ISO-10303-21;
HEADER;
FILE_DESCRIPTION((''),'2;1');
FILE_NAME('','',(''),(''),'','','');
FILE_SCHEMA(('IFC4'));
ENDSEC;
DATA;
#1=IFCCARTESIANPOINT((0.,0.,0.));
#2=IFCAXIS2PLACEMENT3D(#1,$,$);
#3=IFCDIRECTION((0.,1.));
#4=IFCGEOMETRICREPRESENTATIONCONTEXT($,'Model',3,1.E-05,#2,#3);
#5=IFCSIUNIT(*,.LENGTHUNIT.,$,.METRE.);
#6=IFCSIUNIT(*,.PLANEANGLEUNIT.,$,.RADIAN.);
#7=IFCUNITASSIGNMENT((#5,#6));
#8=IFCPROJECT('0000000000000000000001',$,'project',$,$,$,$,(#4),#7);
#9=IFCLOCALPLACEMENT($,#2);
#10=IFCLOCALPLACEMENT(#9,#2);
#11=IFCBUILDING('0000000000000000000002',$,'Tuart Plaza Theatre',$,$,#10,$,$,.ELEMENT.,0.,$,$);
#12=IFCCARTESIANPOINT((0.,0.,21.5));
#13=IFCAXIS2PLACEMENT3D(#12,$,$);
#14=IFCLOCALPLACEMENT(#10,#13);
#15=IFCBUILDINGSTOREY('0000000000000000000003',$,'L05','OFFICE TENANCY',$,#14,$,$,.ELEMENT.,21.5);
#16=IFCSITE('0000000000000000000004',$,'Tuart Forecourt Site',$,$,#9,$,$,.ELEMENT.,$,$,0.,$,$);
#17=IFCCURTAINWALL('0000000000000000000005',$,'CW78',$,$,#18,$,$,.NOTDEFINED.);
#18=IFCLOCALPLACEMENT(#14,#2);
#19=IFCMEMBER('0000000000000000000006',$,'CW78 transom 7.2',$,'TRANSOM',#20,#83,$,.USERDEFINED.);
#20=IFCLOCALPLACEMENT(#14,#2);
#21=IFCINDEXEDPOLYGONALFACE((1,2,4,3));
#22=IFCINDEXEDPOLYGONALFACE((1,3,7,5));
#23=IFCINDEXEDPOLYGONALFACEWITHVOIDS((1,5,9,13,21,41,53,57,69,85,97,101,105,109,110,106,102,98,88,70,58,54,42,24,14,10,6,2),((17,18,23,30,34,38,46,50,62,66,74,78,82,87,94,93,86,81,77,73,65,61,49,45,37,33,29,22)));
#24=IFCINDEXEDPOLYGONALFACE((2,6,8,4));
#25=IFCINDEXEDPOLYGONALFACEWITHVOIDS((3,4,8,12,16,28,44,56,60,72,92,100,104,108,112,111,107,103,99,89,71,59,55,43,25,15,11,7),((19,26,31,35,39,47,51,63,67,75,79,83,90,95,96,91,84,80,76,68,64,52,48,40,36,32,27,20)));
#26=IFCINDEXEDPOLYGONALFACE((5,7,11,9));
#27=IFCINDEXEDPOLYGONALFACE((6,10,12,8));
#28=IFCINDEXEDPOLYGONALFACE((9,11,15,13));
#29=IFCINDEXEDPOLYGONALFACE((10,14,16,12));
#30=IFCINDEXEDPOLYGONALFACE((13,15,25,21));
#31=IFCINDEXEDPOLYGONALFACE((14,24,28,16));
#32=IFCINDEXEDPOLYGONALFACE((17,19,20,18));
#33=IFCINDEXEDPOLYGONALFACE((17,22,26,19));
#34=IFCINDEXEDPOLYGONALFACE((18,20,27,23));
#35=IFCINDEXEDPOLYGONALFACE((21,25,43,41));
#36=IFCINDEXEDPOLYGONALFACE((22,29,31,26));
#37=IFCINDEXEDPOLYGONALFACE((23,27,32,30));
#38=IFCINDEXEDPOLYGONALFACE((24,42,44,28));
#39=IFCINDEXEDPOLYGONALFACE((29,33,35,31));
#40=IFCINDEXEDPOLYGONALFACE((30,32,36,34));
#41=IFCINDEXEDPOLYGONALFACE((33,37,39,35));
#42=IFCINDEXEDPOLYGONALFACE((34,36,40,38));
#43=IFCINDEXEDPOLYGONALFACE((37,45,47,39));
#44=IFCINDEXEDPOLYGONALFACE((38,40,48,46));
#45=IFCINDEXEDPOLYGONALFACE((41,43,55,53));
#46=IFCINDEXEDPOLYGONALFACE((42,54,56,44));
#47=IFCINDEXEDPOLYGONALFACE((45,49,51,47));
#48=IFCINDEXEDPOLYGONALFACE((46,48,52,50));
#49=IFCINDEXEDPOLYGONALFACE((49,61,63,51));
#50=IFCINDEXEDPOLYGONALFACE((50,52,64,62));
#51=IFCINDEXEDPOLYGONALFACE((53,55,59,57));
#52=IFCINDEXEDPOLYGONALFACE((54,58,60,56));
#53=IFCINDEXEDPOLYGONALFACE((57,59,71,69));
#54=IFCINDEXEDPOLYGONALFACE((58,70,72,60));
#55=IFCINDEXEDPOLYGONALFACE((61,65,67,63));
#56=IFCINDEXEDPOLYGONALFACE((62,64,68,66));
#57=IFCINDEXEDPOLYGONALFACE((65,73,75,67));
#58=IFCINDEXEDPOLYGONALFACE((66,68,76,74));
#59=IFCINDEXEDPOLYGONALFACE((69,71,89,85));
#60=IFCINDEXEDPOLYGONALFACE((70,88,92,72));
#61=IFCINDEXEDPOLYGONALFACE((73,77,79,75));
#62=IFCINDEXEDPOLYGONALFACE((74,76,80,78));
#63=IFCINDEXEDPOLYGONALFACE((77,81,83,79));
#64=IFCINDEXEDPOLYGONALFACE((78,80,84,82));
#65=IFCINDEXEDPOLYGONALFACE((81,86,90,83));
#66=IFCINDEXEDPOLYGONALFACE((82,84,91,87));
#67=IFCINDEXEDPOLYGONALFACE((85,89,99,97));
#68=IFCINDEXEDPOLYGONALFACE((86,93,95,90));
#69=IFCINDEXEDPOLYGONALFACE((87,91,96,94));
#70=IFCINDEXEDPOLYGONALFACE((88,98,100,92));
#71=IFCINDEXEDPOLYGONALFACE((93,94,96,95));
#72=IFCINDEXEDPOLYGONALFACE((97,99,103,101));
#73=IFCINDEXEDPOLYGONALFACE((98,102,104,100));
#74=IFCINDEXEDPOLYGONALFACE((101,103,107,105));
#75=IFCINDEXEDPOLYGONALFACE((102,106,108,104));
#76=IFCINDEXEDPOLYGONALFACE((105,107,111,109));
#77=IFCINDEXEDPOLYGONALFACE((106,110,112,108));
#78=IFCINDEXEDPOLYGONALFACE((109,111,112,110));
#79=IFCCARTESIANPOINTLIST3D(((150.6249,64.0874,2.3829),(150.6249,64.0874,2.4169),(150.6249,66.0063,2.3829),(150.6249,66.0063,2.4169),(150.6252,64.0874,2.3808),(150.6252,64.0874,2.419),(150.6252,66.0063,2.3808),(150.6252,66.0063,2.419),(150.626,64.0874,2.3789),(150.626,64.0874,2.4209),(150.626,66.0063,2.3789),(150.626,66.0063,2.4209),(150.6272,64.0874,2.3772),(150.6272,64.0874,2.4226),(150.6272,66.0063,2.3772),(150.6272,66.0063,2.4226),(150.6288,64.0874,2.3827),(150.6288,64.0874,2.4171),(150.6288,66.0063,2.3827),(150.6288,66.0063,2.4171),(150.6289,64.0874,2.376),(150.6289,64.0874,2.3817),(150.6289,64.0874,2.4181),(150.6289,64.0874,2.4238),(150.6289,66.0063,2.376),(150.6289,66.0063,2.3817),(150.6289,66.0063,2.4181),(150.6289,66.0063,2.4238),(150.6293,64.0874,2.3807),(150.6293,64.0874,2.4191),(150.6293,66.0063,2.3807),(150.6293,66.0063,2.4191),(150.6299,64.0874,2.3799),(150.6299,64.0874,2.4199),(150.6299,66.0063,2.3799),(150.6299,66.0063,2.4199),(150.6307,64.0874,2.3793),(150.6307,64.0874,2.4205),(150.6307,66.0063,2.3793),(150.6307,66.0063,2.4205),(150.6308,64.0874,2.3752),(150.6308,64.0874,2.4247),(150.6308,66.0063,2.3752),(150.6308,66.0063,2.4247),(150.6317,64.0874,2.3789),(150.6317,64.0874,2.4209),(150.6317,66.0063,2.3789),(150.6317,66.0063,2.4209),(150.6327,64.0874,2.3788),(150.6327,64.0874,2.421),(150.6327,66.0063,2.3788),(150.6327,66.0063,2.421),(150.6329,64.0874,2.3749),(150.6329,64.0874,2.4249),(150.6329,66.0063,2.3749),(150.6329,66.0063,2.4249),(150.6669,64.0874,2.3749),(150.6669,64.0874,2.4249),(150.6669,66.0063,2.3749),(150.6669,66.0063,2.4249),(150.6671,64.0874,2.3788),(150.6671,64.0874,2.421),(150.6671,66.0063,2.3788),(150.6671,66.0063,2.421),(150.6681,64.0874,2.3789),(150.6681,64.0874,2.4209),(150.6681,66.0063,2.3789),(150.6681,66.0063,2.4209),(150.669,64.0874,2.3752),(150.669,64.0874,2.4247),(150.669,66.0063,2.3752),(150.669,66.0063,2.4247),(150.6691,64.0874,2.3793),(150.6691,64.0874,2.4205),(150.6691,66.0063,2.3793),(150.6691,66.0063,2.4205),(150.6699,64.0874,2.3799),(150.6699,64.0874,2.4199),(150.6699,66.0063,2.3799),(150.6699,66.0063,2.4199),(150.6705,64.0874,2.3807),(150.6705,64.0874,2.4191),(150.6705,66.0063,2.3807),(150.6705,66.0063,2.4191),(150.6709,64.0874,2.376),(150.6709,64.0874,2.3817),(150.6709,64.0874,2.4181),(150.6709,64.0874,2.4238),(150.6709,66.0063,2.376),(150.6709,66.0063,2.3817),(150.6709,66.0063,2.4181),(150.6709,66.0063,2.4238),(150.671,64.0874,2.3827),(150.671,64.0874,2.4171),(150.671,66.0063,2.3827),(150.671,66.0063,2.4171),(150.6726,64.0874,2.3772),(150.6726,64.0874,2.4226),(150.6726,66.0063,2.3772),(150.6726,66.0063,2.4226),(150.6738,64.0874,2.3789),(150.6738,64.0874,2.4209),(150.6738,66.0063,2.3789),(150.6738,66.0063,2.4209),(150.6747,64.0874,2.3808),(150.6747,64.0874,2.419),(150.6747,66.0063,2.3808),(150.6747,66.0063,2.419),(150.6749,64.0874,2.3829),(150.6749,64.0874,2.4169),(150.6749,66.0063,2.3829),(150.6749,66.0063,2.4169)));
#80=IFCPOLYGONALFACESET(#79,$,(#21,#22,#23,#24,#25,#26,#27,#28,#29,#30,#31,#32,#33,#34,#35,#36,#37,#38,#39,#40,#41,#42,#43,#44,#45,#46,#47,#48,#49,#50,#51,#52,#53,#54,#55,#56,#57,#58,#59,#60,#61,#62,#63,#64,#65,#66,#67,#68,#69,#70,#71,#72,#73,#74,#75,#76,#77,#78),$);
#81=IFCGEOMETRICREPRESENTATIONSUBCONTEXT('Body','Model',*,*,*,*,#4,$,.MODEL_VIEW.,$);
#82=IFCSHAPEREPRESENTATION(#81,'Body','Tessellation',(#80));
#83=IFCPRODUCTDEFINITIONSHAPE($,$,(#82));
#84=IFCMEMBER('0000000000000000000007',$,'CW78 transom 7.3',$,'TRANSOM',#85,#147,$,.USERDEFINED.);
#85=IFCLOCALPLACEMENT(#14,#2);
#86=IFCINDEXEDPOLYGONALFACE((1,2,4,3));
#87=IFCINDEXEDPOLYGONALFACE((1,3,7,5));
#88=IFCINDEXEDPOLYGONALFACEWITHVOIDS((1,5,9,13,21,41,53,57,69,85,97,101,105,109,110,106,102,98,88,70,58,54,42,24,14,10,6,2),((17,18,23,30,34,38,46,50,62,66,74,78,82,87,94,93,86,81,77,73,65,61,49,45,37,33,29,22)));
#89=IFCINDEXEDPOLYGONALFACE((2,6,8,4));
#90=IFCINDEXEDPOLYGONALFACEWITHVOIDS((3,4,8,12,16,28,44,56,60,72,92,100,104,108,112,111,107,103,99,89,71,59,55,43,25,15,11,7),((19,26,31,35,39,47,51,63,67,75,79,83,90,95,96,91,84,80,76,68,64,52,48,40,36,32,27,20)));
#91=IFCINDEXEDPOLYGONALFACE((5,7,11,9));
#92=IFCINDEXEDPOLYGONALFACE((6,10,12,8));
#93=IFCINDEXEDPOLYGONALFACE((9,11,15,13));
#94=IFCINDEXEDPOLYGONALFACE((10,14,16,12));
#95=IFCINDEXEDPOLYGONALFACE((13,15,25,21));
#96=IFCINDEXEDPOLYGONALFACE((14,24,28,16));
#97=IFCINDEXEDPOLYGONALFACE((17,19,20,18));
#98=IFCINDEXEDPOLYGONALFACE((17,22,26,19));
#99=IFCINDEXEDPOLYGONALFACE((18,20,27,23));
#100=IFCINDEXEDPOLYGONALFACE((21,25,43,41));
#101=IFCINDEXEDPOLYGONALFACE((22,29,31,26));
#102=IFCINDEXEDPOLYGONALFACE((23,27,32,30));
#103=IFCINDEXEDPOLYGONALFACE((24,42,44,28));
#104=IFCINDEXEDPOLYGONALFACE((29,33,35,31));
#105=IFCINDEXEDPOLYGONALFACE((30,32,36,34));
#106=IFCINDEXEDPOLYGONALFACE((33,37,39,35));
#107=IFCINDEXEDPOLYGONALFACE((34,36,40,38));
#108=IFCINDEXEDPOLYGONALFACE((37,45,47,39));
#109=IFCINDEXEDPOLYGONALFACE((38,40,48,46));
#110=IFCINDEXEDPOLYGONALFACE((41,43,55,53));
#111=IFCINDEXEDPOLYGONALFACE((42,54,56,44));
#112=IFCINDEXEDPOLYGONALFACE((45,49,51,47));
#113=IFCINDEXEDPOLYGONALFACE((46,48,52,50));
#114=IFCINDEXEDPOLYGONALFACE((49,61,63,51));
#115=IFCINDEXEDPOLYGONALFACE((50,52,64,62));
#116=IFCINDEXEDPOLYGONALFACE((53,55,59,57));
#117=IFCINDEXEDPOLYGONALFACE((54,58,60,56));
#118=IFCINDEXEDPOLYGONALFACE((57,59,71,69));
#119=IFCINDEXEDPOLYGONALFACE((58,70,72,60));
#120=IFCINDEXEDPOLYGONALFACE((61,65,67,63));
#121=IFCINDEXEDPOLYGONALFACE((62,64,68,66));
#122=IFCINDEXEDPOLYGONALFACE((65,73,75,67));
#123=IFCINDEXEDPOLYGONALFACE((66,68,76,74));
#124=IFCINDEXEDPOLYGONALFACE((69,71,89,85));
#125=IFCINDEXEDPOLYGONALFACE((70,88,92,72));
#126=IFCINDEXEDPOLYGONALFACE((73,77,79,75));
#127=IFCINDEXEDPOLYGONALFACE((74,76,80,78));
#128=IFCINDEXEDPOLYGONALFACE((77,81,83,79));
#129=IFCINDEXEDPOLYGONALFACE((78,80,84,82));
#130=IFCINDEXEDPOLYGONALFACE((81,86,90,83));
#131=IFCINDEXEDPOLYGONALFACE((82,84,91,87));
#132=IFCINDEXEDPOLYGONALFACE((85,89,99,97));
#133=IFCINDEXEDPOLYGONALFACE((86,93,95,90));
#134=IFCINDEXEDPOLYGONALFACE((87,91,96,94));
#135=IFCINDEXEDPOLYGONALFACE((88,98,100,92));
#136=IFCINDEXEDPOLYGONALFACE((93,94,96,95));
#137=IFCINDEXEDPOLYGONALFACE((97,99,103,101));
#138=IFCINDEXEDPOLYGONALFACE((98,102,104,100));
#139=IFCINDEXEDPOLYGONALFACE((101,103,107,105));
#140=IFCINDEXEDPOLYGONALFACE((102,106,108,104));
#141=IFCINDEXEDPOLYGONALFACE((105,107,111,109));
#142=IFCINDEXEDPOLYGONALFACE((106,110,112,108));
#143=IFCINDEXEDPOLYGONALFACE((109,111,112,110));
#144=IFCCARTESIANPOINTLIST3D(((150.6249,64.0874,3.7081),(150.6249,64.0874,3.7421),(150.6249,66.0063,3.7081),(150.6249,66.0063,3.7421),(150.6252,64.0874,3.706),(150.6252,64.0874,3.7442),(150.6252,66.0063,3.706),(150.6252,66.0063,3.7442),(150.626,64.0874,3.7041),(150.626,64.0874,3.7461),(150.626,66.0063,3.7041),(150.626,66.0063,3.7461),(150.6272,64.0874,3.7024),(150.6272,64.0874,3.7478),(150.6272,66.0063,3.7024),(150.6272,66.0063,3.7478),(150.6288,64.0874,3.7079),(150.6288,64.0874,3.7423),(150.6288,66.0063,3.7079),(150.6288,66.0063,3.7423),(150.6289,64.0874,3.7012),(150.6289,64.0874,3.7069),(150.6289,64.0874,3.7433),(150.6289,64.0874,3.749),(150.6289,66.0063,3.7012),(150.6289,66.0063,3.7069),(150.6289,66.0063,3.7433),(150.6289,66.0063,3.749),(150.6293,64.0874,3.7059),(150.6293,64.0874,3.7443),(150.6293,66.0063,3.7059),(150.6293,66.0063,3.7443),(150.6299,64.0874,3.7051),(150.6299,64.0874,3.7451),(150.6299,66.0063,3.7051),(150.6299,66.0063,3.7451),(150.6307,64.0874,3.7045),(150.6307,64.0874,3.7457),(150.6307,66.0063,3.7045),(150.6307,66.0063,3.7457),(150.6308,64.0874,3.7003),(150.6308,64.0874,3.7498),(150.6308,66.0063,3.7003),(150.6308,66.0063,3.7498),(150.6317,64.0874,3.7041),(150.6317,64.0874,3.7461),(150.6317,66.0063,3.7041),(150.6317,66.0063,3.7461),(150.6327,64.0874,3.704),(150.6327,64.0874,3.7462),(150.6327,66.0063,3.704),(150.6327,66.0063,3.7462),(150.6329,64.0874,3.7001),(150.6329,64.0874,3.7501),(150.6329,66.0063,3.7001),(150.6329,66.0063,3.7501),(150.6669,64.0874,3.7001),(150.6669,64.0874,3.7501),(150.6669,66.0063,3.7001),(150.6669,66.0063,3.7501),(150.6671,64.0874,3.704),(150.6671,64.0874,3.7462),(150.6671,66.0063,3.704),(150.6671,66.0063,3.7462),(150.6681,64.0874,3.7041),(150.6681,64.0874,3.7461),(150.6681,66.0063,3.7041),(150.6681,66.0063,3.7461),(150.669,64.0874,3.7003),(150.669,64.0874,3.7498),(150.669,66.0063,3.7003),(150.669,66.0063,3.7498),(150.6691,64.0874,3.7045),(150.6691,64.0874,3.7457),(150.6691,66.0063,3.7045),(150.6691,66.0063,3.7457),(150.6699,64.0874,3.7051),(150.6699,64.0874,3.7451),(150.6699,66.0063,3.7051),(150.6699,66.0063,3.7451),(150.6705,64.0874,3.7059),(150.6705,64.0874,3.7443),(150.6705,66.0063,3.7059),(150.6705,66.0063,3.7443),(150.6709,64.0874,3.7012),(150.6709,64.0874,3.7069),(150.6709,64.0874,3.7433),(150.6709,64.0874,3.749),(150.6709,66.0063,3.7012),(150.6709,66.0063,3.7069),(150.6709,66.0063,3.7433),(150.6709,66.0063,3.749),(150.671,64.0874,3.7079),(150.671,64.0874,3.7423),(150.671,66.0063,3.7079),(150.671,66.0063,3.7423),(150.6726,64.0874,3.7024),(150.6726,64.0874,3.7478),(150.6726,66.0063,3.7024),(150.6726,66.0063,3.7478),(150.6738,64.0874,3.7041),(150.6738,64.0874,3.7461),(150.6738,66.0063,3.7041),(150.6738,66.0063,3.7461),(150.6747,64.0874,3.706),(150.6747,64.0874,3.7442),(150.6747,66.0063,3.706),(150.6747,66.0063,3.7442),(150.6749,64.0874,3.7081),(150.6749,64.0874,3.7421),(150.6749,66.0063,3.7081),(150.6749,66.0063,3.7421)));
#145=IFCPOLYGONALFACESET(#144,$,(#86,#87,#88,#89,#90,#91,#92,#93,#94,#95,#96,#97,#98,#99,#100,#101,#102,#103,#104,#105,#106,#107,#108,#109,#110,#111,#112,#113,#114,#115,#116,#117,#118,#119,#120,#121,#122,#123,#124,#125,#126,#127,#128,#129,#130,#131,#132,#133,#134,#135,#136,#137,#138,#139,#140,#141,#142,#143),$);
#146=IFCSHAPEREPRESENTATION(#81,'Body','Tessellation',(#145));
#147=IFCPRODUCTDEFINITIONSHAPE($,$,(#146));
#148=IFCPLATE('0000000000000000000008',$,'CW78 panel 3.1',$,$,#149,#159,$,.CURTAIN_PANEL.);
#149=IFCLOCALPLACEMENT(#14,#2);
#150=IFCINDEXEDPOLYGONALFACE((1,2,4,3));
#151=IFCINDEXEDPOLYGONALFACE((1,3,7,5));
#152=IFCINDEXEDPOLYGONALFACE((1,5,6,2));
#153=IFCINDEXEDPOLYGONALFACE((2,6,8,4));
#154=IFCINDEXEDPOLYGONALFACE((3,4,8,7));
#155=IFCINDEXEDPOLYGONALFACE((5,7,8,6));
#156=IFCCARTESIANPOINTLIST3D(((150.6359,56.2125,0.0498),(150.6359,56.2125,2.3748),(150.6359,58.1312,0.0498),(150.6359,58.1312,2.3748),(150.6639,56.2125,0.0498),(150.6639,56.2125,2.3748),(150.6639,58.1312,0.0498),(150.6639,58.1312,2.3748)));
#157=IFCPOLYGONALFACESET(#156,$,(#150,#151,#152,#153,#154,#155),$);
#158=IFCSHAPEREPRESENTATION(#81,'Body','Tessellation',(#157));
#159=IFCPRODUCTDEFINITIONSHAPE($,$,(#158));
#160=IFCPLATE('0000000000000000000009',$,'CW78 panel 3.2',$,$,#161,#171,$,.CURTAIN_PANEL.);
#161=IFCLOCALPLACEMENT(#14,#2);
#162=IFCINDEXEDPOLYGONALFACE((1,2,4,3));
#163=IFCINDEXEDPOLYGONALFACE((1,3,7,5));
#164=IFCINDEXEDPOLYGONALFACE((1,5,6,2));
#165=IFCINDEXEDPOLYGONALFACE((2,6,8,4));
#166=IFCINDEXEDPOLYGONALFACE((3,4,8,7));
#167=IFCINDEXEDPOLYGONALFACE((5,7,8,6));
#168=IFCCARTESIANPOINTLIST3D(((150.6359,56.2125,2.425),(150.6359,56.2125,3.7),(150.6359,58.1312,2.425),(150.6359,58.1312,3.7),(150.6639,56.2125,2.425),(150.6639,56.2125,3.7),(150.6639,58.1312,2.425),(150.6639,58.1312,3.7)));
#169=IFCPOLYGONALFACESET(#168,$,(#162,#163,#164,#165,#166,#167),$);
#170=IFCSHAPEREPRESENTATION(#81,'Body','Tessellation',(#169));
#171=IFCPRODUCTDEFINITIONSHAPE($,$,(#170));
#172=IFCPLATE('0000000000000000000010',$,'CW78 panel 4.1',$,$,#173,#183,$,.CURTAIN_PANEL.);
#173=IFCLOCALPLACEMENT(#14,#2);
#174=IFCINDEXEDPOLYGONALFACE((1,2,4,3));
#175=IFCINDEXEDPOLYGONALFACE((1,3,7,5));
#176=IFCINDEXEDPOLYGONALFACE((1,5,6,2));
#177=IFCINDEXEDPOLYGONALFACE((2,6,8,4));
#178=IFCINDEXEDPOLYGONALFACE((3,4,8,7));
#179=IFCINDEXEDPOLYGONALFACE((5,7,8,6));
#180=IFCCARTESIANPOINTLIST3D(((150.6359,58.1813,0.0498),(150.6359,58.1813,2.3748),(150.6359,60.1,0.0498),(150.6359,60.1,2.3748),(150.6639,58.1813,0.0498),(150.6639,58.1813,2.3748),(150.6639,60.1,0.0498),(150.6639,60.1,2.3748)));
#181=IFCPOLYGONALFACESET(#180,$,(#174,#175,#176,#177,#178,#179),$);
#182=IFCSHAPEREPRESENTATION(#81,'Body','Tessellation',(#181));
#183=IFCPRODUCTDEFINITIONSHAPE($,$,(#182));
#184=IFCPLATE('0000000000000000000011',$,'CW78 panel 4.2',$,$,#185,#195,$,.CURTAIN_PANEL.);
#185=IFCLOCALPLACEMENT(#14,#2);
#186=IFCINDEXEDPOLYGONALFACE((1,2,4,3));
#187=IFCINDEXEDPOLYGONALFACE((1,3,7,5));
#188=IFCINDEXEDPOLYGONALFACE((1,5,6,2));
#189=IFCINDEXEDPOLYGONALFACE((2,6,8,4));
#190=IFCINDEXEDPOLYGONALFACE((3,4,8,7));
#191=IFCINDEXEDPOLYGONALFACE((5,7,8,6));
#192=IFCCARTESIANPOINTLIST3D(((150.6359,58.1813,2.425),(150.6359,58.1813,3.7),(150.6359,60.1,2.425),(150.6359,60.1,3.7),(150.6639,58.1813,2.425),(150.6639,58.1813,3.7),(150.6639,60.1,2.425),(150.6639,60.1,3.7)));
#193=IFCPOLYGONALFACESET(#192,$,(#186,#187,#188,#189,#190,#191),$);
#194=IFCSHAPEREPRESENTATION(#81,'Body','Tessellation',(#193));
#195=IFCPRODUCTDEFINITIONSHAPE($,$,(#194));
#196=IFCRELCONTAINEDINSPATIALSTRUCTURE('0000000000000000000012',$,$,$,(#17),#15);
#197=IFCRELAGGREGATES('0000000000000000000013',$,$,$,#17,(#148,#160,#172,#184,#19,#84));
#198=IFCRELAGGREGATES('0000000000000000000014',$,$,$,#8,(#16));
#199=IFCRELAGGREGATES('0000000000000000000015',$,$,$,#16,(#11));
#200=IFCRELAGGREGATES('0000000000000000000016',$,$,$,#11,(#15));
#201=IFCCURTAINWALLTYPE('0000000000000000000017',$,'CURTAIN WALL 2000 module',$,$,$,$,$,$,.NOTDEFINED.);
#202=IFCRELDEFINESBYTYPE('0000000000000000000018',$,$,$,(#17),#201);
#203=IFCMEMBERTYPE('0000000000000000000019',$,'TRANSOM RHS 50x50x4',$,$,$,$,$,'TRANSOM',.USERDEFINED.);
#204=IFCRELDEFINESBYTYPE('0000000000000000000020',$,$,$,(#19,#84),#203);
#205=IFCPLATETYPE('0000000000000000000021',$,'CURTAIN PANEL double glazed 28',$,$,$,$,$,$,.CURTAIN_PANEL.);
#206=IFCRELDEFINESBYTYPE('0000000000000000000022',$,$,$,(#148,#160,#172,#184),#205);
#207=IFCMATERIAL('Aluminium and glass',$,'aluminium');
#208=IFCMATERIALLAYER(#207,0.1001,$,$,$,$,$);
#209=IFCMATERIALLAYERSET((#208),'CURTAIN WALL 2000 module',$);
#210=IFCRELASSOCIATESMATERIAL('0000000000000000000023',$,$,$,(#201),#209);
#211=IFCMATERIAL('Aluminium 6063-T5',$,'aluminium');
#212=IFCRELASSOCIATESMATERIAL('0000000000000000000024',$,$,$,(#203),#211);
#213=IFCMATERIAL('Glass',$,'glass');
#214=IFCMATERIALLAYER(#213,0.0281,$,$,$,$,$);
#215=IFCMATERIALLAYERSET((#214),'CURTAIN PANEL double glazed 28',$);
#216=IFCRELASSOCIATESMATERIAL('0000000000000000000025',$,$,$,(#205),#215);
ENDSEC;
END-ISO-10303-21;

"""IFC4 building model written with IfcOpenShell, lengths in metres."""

from ifc_helpers import new_model, si_unit, direction, frame, origin, origin_2d, place, context, subcontext, project, spatial, rectangle, hollow_rectangle, extrude, material, layer, layer_set, material_profile, profile_set, type_object, element, aggregate, save


model = new_model("IFC4")

# Units and contexts
model_context = context("Model", 3, precision=1e-05, world=origin(), true_north=direction((0.0, 1.0)))
body_context = subcontext(model_context, "Body", "Model", "MODEL_VIEW")
ifc_project = project(units=[si_unit("LENGTHUNIT", "METRE"), si_unit("PLANEANGLEUNIT", "RADIAN")], contexts=[model_context])

# Site, building, storey
site_placement = place(None, origin())
site = spatial("IfcSite", under=ifc_project, at=site_placement, Name="Tuart Forecourt Site", CompositionType="ELEMENT", RefElevation=0.0)
building_placement = place(site_placement, origin())
building = spatial("IfcBuilding", under=site, at=building_placement, Name="Tuart Plaza Theatre", CompositionType="ELEMENT", ElevationOfRefHeight=0.0)
storey_placement = place(building_placement, frame((0.0, 0.0, 21.5)))
storey = spatial("IfcBuildingStorey", under=building, at=storey_placement, Name="L05", Description="OFFICE TENANCY", CompositionType="ELEMENT", Elevation=21.5)

# Curtain wall, members, plates
ifc_material_1 = material(Name="Aluminium and glass", Category="aluminium")
ifc_layer_1 = layer(ifc_material_1, 0.1001)
ifc_layer_set_1 = layer_set([ifc_layer_1], Name="CURTAIN WALL 2000 module")
curtain_wall_type = type_object("IfcCurtainWallType", Name="CURTAIN WALL 2000 module", PredefinedType="NOTDEFINED", material=ifc_layer_set_1)
curtain_wall_placement = place(storey_placement, origin())
curtain_wall = element("IfcCurtainWall", 1, at=curtain_wall_placement, inside=storey, type_object=curtain_wall_type, Name="CW78", PredefinedType="NOTDEFINED")
ifc_material_2 = material(Name="Aluminium 6063-T5", Category="aluminium")
ifc_material_profile_1 = material_profile(ifc_material_2, hollow_rectangle(XDim=0.05, YDim=0.05, WallThickness=0.0039, InnerFilletRadius=0.0039, OuterFilletRadius=0.0081, at=origin_2d()), Name="RHS 50x50x4")
ifc_profile_set_1 = profile_set([ifc_material_profile_1], Name="Aluminium 6063-T5")
member_type_1 = type_object("IfcMemberType", Name="TRANSOM RHS 50x50x4", ElementType="TRANSOM", PredefinedType="USERDEFINED", material=ifc_profile_set_1)
member_1_placement = place(storey_placement, frame((150.6499, 64.0874, 2.3999), z_axis=(0.0, 1.0, 0.0), x_axis=(-1.0, 0.0, 0.0)))
member_1 = element("IfcMember", 2, at=member_1_placement, type_object=member_type_1, Name="CW78 transom 7.2", ObjectType="TRANSOM", PredefinedType="USERDEFINED", context=body_context, shape_type="SweptSolid", body=[
    extrude(hollow_rectangle(XDim=0.05, YDim=0.05, WallThickness=0.0039, InnerFilletRadius=0.0039, OuterFilletRadius=0.0081, at=origin_2d()), origin(), (0.0, 0.0, 1.0), 1.9189),
])
member_2_placement = place(storey_placement, frame((150.6499, 64.0874, 3.7251), z_axis=(0.0, 1.0, 0.0), x_axis=(-1.0, 0.0, 0.0)))
member_2 = element("IfcMember", 3, at=member_2_placement, type_object=member_type_1, Name="CW78 transom 7.3", ObjectType="TRANSOM", PredefinedType="USERDEFINED", context=body_context, shape_type="SweptSolid", body=[
    extrude(hollow_rectangle(XDim=0.05, YDim=0.05, WallThickness=0.0039, InnerFilletRadius=0.0039, OuterFilletRadius=0.0081, at=origin_2d()), origin(), (0.0, 0.0, 1.0), 1.9189),
])
ifc_material_3 = material(Name="Glass", Category="glass")
ifc_layer_2 = layer(ifc_material_3, 0.0281)
ifc_layer_set_2 = layer_set([ifc_layer_2], Name="CURTAIN PANEL double glazed 28")
plate_type = type_object("IfcPlateType", Name="CURTAIN PANEL double glazed 28", PredefinedType="CURTAIN_PANEL", material=ifc_layer_set_2)
plate_1_placement = place(storey_placement, frame((150.6499, 57.1719, 0.0498), z_axis=(0.0, 0.0, 1.0), x_axis=(0.0, 1.0, 0.0)))
plate_1 = element("IfcPlate", 4, at=plate_1_placement, type_object=plate_type, Name="CW78 panel 3.1", PredefinedType="CURTAIN_PANEL", context=body_context, shape_type="SweptSolid", body=[
    extrude(rectangle(XDim=1.9187, YDim=0.0281, at=origin_2d()), origin(), (0.0, 0.0, 1.0), 2.325),
])
plate_2_placement = place(storey_placement, frame((150.6499, 57.1719, 2.425), z_axis=(0.0, 0.0, 1.0), x_axis=(0.0, 1.0, 0.0)))
plate_2 = element("IfcPlate", 5, at=plate_2_placement, type_object=plate_type, Name="CW78 panel 3.2", PredefinedType="CURTAIN_PANEL", context=body_context, shape_type="SweptSolid", body=[
    extrude(rectangle(XDim=1.9187, YDim=0.0281, at=origin_2d()), origin(), (0.0, 0.0, 1.0), 1.2749),
])
plate_3_placement = place(storey_placement, frame((150.6499, 59.1406, 0.0498), z_axis=(0.0, 0.0, 1.0), x_axis=(0.0, 1.0, 0.0)))
plate_3 = element("IfcPlate", 6, at=plate_3_placement, type_object=plate_type, Name="CW78 panel 4.1", PredefinedType="CURTAIN_PANEL", context=body_context, shape_type="SweptSolid", body=[
    extrude(rectangle(XDim=1.9187, YDim=0.0281, at=origin_2d()), origin(), (0.0, 0.0, 1.0), 2.325),
])
plate_4_placement = place(storey_placement, frame((150.6499, 59.1406, 2.425), z_axis=(0.0, 0.0, 1.0), x_axis=(0.0, 1.0, 0.0)))
plate_4 = element("IfcPlate", 7, at=plate_4_placement, type_object=plate_type, Name="CW78 panel 4.2", PredefinedType="CURTAIN_PANEL", context=body_context, shape_type="SweptSolid", body=[
    extrude(rectangle(XDim=1.9187, YDim=0.0281, at=origin_2d()), origin(), (0.0, 0.0, 1.0), 1.2749),
])
aggregate(curtain_wall, [plate_1, plate_2, plate_3, plate_4, member_1, member_2])

save(model, "model.ifc")
